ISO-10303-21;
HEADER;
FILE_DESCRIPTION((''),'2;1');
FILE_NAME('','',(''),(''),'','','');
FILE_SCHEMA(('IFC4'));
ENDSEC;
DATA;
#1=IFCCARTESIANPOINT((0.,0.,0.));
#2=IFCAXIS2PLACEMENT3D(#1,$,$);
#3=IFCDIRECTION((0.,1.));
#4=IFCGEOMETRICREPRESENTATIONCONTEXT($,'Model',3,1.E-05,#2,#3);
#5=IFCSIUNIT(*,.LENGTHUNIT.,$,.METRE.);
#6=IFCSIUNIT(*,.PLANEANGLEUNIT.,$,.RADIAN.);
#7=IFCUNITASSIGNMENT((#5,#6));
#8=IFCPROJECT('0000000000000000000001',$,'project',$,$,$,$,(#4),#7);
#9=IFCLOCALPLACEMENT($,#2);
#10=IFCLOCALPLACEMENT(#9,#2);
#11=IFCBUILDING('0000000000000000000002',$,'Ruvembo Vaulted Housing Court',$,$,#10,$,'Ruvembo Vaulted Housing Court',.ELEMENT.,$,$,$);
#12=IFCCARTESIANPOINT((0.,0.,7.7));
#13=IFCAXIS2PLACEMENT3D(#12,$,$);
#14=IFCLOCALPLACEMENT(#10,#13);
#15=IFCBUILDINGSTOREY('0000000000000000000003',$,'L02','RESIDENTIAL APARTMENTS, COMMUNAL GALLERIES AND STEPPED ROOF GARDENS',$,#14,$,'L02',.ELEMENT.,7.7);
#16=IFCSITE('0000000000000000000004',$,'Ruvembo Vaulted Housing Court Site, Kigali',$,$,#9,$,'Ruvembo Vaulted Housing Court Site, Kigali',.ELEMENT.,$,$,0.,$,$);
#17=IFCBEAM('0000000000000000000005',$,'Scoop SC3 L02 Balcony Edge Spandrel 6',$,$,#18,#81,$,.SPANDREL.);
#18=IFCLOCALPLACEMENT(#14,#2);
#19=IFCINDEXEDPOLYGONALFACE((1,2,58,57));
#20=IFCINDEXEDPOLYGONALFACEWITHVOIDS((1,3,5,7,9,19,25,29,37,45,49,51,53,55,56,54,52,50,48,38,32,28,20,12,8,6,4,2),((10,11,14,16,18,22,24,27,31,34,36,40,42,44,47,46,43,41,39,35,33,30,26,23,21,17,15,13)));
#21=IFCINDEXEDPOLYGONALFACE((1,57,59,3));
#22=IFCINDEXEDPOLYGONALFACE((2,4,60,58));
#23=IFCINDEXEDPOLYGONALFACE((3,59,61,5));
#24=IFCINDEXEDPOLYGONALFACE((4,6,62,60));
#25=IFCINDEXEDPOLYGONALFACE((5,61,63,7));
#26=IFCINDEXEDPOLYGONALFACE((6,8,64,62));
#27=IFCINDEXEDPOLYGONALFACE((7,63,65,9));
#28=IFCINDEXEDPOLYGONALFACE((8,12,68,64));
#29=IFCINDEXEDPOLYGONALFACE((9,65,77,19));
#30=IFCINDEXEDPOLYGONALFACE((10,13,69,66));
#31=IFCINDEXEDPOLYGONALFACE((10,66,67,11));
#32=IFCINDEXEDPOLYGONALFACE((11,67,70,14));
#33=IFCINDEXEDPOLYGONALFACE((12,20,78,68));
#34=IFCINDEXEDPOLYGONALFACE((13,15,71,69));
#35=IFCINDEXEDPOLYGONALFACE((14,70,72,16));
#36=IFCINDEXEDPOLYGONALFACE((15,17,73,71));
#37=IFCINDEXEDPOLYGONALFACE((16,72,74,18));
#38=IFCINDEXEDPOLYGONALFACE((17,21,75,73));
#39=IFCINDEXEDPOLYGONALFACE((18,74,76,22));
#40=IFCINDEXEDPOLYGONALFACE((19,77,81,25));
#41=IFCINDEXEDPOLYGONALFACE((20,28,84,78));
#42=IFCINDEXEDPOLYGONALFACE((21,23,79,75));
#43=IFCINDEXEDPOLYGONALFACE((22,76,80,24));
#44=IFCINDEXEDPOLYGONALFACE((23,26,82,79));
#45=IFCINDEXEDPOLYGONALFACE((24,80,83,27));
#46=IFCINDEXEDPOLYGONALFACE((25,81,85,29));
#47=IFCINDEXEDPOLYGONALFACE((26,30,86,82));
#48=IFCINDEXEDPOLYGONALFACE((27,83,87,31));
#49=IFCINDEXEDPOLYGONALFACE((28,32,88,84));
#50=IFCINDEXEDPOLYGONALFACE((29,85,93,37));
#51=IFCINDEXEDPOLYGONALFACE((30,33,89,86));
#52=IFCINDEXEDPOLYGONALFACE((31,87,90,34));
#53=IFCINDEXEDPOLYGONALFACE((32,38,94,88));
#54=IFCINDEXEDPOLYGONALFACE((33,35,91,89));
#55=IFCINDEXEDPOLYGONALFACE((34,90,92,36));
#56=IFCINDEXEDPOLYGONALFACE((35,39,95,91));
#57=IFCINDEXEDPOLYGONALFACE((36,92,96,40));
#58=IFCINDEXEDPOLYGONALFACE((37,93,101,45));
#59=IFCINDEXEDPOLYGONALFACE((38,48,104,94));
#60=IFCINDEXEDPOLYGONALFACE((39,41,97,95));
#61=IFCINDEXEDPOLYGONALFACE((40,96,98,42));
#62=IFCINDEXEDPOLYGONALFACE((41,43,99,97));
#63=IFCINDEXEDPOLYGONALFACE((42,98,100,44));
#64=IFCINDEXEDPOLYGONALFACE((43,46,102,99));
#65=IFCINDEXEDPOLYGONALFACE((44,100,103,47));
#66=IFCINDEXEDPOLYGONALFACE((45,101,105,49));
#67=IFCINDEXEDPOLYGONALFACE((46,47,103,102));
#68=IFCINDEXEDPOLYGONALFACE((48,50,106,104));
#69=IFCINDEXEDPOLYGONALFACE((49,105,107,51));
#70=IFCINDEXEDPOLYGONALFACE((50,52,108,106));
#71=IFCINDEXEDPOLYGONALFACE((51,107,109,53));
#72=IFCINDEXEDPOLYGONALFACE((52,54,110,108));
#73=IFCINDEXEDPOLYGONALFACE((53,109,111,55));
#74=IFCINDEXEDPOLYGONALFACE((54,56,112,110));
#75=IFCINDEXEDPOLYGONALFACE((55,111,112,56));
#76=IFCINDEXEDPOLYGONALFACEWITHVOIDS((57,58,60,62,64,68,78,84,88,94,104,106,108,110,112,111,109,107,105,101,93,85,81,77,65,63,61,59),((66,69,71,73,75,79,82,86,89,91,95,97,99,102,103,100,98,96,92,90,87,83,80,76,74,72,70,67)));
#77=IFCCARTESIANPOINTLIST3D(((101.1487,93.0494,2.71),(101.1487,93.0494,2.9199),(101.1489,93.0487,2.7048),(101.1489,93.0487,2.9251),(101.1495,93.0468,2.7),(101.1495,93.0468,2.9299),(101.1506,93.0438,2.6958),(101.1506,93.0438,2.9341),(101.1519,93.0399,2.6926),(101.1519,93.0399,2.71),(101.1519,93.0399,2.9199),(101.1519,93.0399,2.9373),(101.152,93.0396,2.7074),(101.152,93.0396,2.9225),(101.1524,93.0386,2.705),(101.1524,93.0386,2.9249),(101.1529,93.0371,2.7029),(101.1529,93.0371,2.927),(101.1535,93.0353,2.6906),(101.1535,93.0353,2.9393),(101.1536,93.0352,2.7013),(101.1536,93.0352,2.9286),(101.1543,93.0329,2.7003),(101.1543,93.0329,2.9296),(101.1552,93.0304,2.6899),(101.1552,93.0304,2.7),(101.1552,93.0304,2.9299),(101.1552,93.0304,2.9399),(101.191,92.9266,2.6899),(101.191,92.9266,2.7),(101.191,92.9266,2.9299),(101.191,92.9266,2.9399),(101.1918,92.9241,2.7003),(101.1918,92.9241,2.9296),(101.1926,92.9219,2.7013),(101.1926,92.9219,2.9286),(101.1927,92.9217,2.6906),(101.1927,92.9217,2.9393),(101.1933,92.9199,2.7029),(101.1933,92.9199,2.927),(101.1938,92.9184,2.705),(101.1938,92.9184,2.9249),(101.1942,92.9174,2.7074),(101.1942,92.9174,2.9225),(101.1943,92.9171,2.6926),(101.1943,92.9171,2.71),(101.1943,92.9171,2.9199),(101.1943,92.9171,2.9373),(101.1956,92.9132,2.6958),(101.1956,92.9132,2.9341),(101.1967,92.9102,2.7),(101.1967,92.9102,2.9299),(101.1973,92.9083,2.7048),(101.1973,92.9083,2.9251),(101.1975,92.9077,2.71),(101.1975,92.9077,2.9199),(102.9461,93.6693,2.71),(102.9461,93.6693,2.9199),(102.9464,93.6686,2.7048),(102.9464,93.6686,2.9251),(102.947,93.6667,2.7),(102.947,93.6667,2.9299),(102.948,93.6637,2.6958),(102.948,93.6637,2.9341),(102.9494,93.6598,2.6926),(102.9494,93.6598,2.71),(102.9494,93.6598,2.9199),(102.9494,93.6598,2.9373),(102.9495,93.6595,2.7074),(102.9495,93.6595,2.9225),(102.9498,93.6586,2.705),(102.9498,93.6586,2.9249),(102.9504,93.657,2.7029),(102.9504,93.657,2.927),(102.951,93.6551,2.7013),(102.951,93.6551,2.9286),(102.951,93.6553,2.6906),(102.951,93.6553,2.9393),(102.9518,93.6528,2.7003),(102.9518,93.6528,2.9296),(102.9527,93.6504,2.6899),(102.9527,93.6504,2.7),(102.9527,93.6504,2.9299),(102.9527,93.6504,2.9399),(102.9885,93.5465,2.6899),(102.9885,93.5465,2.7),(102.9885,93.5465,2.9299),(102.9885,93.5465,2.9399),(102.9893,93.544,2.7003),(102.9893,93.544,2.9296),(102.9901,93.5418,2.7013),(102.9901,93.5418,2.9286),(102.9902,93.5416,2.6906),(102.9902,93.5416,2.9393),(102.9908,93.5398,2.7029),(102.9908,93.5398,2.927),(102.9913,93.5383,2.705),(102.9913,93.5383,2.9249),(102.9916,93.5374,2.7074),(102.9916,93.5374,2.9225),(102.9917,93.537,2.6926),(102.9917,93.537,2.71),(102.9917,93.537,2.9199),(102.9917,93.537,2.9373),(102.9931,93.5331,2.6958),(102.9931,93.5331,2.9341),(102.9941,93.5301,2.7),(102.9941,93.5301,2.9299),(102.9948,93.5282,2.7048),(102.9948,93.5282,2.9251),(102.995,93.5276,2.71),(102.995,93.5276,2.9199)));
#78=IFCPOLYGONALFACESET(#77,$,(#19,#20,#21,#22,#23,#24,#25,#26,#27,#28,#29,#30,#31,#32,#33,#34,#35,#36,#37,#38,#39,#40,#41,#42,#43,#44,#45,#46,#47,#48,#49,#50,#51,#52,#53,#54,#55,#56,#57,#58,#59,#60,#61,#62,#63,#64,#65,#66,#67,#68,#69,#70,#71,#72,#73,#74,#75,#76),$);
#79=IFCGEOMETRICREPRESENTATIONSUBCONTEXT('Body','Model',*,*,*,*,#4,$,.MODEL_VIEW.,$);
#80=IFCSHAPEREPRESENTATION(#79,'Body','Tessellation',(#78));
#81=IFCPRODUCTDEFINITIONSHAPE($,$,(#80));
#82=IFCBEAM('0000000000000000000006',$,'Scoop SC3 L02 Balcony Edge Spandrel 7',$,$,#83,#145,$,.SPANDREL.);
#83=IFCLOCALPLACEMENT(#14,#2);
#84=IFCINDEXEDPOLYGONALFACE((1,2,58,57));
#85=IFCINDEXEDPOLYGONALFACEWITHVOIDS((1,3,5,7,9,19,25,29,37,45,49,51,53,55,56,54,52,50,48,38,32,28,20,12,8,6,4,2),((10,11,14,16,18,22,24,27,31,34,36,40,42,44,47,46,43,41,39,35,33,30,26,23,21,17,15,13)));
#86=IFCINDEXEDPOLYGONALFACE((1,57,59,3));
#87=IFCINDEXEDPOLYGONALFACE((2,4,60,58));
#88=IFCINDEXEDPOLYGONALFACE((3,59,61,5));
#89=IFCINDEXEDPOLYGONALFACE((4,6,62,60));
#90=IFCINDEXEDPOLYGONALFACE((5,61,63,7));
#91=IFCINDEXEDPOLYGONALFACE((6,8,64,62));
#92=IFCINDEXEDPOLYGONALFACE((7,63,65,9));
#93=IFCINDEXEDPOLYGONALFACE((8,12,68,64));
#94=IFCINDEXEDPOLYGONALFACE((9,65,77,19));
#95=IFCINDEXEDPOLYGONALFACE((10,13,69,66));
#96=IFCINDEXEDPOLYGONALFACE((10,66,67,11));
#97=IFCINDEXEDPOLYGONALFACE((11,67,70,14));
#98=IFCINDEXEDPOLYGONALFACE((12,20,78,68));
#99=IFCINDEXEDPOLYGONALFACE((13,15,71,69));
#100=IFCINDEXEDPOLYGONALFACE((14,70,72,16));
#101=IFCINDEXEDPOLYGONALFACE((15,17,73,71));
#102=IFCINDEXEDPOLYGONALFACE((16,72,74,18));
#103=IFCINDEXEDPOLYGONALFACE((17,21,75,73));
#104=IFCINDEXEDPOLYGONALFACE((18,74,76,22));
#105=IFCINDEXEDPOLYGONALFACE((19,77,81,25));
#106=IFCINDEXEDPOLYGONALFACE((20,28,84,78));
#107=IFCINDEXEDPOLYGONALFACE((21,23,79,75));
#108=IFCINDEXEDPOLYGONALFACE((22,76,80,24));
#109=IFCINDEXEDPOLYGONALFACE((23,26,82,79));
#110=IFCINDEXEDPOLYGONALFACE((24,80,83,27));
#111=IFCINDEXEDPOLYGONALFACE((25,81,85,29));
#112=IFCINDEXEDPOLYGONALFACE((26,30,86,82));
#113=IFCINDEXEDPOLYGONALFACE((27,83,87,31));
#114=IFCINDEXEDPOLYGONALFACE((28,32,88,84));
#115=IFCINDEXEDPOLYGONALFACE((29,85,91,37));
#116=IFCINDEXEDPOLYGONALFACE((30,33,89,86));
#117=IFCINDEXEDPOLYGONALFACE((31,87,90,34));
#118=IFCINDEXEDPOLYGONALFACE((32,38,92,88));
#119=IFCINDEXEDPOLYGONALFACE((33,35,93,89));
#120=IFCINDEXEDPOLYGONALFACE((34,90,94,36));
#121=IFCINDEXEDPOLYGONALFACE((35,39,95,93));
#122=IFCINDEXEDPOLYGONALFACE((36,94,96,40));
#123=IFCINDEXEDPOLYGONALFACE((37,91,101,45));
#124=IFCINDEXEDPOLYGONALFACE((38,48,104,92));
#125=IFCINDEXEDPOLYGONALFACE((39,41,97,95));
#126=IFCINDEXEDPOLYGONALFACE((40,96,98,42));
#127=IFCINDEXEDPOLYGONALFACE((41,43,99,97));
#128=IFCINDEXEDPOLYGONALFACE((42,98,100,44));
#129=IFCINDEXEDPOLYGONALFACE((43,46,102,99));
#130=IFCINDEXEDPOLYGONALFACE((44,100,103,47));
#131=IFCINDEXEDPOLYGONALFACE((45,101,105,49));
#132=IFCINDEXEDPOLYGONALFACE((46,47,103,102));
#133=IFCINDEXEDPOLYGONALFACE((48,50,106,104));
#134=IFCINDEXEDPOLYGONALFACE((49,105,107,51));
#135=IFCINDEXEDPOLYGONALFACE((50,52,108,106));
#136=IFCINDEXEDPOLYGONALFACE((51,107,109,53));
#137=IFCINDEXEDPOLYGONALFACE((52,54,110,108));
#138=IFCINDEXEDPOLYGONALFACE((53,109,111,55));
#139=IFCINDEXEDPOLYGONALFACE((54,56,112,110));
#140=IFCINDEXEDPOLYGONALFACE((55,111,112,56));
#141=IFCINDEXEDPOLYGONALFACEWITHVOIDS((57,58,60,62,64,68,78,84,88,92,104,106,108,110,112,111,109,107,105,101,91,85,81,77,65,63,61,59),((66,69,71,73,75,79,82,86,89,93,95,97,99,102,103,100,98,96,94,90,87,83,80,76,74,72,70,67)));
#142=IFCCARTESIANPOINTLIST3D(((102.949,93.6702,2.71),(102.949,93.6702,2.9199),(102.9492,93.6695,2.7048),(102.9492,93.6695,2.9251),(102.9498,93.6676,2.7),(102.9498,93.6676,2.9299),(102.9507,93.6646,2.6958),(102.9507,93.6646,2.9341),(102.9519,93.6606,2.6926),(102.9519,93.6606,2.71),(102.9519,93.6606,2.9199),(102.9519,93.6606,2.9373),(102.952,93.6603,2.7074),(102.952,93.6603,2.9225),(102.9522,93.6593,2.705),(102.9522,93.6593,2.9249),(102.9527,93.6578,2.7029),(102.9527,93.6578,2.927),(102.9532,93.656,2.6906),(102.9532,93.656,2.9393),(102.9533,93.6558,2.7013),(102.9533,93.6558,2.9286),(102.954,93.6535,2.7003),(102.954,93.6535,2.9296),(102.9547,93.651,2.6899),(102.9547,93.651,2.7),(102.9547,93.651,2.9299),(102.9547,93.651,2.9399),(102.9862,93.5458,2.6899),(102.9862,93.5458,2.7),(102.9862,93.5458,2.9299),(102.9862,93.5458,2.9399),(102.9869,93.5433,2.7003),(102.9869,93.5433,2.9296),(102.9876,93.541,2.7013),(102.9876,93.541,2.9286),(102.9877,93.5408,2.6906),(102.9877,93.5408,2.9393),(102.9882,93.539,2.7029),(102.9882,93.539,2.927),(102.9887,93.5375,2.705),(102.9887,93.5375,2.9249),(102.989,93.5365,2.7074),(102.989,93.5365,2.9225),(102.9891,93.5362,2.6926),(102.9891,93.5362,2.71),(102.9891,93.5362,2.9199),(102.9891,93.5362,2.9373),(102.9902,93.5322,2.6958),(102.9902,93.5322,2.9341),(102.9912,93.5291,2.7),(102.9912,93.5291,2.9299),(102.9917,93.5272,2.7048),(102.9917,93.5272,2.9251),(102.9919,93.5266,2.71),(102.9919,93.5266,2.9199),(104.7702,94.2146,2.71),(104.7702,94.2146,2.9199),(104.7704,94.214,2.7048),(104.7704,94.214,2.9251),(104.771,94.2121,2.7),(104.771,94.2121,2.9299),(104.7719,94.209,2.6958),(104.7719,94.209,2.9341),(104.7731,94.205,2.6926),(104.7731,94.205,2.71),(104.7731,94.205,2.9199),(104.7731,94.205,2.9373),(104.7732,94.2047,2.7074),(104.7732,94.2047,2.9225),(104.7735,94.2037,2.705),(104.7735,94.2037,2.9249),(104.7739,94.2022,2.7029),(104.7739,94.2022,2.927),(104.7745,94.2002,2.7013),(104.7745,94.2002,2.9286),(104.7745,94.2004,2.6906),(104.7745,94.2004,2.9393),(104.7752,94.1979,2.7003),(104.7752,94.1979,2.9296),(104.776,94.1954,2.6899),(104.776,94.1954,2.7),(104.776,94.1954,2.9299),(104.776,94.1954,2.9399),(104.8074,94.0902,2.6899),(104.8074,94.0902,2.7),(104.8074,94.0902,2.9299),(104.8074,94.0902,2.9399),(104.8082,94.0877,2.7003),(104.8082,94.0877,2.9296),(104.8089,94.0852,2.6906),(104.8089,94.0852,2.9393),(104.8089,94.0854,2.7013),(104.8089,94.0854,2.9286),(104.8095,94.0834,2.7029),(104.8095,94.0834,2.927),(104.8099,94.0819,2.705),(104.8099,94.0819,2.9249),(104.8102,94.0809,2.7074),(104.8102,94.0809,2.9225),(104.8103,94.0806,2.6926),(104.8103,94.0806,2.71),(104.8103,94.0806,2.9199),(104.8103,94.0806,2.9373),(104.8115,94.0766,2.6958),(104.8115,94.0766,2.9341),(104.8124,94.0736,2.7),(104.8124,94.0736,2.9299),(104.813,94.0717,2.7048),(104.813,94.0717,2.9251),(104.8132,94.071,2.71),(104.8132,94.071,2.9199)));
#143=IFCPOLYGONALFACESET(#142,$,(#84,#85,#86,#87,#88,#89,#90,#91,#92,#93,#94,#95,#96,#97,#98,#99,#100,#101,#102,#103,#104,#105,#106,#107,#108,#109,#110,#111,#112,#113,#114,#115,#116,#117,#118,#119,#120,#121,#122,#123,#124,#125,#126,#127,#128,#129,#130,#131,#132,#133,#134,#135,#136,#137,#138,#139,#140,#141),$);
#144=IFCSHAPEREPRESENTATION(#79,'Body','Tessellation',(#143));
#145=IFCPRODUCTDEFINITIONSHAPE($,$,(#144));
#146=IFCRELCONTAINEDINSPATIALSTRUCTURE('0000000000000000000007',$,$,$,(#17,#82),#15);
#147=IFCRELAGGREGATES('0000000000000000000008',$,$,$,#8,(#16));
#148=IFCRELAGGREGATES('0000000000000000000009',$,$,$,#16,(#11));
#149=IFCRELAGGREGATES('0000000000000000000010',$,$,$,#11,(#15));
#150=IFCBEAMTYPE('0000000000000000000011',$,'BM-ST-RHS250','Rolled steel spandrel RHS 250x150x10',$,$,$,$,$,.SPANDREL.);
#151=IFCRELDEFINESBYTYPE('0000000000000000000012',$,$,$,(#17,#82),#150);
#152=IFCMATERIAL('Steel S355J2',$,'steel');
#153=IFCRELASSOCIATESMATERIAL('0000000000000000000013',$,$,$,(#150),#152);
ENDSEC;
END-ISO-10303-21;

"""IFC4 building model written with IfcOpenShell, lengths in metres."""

from ifc_helpers import new_model, si_unit, direction, frame, origin, origin_2d, place, context, subcontext, project, spatial, hollow_rectangle, extrude, material, material_profile, profile_set, type_object, element, save


model = new_model("IFC4")

# Units and contexts
model_context = context("Model", 3, precision=1e-05, world=origin(), true_north=direction((0.0, 1.0)))
body_context = subcontext(model_context, "Body", "Model", "MODEL_VIEW")
ifc_project = project(units=[si_unit("LENGTHUNIT", "METRE"), si_unit("PLANEANGLEUNIT", "RADIAN")], contexts=[model_context])

# Site, building, storey
site_placement = place(None, origin())
site = spatial("IfcSite", under=ifc_project, at=site_placement, Name="Ruvembo Vaulted Housing Court Site, Kigali", LongName="Ruvembo Vaulted Housing Court Site, Kigali", CompositionType="ELEMENT", RefElevation=0.0)
building_placement = place(site_placement, origin())
building = spatial("IfcBuilding", under=site, at=building_placement, Name="Ruvembo Vaulted Housing Court", LongName="Ruvembo Vaulted Housing Court", CompositionType="ELEMENT")
storey_placement = place(building_placement, frame((0.0, 0.0, 7.7)))
storey = spatial("IfcBuildingStorey", under=building, at=storey_placement, Name="L02", Description="RESIDENTIAL APARTMENTS, COMMUNAL GALLERIES AND STEPPED ROOF GARDENS", LongName="L02", CompositionType="ELEMENT", Elevation=7.7)

# Beams
ifc_material_1 = material(Name="Steel S355J2", Category="steel")
ifc_material_profile_1 = material_profile(ifc_material_1, hollow_rectangle(XDim=0.1499, YDim=0.25, WallThickness=0.01, InnerFilletRadius=0.01, OuterFilletRadius=0.02, at=origin_2d()), Name="RHS 250x150x10")
ifc_profile_set_1 = profile_set([ifc_material_profile_1], Name="Steel S355J2")
beam_type = type_object("IfcBeamType", Name="BM-ST-RHS250", Description="Rolled steel spandrel RHS 250x150x10", PredefinedType="SPANDREL", material=ifc_profile_set_1)
beam_1_placement = place(storey_placement, frame((101.1731, 92.9785, 2.8149), z_axis=(0.945358, 0.326034, 0.0), x_axis=(-0.326034, 0.945358, 0.0)))
element("IfcBeam", 1, at=beam_1_placement, inside=storey, type_object=beam_type, Name="Scoop SC3 L02 Balcony Edge Spandrel 6", PredefinedType="SPANDREL", context=body_context, shape_type="SweptSolid", body=[
    extrude(hollow_rectangle(XDim=0.1499, YDim=0.25, WallThickness=0.01, InnerFilletRadius=0.01, OuterFilletRadius=0.02, at=origin_2d()), origin(), (0.0, 0.0, 1.0), 1.9014),
])
beam_2_placement = place(storey_placement, frame((102.9705, 93.5984, 2.8149), z_axis=(0.958109, 0.286405, 0.0), x_axis=(-0.286405, 0.958109, 0.0)))
element("IfcBeam", 2, at=beam_2_placement, inside=storey, type_object=beam_type, Name="Scoop SC3 L02 Balcony Edge Spandrel 7", PredefinedType="SPANDREL", context=body_context, shape_type="SweptSolid", body=[
    extrude(hollow_rectangle(XDim=0.1499, YDim=0.25, WallThickness=0.01, InnerFilletRadius=0.01, OuterFilletRadius=0.02, at=origin_2d()), origin(), (0.0, 0.0, 1.0), 1.9009),
])

save(model, "model.ifc")
